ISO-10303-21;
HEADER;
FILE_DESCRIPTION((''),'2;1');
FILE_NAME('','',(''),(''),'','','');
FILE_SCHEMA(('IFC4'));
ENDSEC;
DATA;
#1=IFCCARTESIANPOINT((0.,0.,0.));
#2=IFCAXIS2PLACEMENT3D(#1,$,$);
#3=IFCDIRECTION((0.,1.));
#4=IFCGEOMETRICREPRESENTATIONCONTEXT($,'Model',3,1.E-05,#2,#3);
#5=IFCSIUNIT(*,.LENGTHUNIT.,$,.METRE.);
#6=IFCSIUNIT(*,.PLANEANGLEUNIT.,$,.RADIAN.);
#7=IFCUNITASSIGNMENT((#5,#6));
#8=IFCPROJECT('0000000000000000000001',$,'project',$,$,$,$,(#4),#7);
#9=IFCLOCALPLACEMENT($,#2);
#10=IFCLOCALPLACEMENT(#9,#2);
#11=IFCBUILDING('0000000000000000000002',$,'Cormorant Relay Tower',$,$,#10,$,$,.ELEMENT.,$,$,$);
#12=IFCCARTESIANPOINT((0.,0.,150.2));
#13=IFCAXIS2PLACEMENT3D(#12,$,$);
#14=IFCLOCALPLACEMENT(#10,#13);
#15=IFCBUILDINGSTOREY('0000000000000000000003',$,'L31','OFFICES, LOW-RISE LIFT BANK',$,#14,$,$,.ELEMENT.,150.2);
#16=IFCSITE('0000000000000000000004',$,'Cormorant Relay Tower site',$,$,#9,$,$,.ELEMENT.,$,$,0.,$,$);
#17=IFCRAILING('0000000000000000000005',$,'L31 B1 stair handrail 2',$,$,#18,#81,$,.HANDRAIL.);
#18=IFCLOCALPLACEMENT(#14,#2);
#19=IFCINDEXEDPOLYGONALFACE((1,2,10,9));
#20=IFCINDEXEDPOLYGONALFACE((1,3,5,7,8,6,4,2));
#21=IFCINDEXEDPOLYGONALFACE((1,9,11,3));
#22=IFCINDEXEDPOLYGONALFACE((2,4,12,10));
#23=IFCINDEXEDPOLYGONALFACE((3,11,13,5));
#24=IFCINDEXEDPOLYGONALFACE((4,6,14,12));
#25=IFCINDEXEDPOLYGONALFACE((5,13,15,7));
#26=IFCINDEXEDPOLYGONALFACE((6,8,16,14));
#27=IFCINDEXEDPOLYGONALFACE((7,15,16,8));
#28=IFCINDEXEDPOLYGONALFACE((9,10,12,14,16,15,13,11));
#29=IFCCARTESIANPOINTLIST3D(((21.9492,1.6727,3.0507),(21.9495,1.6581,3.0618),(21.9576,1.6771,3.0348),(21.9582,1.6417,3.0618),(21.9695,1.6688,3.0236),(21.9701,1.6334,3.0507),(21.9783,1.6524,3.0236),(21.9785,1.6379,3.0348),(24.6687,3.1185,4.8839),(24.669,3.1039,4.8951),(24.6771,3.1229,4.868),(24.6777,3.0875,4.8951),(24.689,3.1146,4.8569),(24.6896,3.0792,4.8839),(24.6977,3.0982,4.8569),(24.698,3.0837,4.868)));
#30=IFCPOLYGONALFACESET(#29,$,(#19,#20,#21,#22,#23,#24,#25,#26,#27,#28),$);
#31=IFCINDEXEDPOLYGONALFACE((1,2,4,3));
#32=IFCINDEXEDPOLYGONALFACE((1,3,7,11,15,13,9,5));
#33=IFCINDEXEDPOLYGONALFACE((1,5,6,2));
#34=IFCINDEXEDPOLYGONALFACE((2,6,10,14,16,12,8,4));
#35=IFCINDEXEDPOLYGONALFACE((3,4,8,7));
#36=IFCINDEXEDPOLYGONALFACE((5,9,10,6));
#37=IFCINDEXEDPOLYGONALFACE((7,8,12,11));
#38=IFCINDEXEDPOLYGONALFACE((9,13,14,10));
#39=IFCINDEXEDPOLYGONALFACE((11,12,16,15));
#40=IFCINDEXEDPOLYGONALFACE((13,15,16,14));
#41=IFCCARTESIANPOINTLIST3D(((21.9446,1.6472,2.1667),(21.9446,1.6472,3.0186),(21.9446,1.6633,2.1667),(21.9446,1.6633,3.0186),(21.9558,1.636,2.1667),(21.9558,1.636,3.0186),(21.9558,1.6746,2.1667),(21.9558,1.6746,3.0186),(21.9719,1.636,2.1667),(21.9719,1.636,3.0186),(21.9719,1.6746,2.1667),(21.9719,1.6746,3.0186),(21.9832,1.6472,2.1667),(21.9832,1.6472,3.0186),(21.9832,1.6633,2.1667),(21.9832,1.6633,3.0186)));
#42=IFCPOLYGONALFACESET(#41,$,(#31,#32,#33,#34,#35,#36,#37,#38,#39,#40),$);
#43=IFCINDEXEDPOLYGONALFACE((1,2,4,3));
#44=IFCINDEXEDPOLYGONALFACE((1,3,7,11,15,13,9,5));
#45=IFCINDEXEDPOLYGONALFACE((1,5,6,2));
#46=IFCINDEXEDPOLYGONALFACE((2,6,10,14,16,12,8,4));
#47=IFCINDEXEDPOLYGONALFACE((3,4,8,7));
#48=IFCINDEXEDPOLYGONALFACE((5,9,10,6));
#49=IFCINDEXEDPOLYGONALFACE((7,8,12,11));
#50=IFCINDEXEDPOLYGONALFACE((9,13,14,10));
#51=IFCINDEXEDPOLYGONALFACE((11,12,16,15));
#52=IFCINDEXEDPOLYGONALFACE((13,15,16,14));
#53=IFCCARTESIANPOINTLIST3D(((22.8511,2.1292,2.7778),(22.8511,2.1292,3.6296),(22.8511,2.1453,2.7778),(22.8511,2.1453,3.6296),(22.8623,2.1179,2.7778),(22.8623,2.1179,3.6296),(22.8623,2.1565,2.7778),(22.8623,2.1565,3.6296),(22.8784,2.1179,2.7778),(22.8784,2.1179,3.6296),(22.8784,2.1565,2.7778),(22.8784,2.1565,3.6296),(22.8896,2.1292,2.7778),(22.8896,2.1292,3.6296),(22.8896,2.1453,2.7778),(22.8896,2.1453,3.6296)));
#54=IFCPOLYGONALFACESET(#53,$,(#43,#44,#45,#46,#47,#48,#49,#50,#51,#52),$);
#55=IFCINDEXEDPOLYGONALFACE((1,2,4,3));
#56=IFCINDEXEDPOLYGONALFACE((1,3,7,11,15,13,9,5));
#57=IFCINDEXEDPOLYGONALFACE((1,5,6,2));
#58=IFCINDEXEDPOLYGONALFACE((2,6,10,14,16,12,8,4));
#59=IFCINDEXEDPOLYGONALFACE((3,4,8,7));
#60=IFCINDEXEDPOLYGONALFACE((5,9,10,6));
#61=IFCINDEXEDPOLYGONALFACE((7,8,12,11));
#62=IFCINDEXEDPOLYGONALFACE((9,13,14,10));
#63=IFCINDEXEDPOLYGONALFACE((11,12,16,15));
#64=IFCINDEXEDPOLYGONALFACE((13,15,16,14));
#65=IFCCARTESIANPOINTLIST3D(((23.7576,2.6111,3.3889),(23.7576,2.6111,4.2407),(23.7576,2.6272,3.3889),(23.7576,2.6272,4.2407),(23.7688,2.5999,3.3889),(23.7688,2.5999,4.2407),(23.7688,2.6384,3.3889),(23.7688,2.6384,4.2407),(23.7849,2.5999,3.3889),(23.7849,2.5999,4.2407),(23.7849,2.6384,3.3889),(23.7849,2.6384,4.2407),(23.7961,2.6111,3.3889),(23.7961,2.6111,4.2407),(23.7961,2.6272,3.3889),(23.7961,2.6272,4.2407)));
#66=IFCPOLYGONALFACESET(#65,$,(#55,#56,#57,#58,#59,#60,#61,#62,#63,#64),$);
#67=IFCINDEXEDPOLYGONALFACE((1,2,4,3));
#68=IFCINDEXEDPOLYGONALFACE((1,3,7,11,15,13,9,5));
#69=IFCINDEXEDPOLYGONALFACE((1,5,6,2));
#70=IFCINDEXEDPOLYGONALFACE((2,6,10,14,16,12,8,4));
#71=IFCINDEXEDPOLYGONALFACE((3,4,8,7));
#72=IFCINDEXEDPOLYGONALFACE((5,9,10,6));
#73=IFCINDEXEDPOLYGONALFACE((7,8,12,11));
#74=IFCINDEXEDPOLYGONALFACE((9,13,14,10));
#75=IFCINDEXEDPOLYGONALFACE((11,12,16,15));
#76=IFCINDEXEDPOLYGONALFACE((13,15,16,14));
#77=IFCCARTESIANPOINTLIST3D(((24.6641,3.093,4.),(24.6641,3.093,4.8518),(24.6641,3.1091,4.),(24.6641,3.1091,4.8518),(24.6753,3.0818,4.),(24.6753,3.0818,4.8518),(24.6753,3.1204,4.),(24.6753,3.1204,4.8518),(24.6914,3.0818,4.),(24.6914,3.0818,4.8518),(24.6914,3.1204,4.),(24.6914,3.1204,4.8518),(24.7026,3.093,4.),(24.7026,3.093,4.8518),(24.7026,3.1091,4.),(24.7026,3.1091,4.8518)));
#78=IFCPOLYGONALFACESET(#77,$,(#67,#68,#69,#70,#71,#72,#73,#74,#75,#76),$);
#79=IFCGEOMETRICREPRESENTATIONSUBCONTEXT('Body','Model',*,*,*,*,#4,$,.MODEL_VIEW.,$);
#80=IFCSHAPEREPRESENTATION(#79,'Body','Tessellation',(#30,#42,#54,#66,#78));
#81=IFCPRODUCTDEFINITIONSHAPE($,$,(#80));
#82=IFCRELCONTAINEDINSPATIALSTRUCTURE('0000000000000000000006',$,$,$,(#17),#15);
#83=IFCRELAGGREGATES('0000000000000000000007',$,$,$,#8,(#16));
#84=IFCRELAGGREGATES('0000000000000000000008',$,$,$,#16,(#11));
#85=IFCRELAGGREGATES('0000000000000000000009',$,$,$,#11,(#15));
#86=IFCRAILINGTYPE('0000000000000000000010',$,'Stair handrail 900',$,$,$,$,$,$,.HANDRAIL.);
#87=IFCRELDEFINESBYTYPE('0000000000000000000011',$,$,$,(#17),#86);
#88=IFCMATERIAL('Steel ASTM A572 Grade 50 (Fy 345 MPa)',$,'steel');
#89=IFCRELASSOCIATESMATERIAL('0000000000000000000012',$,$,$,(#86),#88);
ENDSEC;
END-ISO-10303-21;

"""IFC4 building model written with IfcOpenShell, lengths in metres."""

from ifc_helpers import new_model, si_unit, direction, frame, origin, place, context, subcontext, project, spatial, polyline, outline, extrude, material, type_object, element, save


model = new_model("IFC4")

# Units and contexts
model_context = context("Model", 3, precision=1e-05, world=origin(), true_north=direction((0.0, 1.0)))
body_context = subcontext(model_context, "Body", "Model", "MODEL_VIEW")
ifc_project = project(units=[si_unit("LENGTHUNIT", "METRE"), si_unit("PLANEANGLEUNIT", "RADIAN")], contexts=[model_context])

# Site, building, storey
site_placement = place(None, origin())
site = spatial("IfcSite", under=ifc_project, at=site_placement, Name="Cormorant Relay Tower site", CompositionType="ELEMENT", RefElevation=0.0)
building_placement = place(site_placement, origin())
building = spatial("IfcBuilding", under=site, at=building_placement, Name="Cormorant Relay Tower", CompositionType="ELEMENT")
storey_placement = place(building_placement, frame((0.0, 0.0, 150.2)))
storey = spatial("IfcBuildingStorey", under=building, at=storey_placement, Name="L31", Description="OFFICES, LOW-RISE LIFT BANK", CompositionType="ELEMENT", Elevation=150.2)

# Railing
ifc_material_1 = material(Name="Steel ASTM A572 Grade 50 (Fy 345 MPa)", Category="steel")
railing_type_1 = type_object("IfcRailingType", Name="Stair handrail 900", PredefinedType="HANDRAIL", material=ifc_material_1)
railing_1_placement = place(storey_placement, frame((21.9639, 1.6553, 2.1667)))
element("IfcRailing", 1, at=railing_1_placement, inside=storey, type_object=railing_type_1, Name="L31 B1 stair handrail 2", PredefinedType="HANDRAIL", context=body_context, shape_type="SweptSolid", body=[
    extrude(outline(polyline([(0.0222, 0.0093), (0.0093, 0.0222), (-0.0093, 0.0222), (-0.0222, 0.0093), (-0.0222, -0.0093), (-0.0093, -0.0222), (0.0093, -0.0222), (0.0222, -0.0093), (0.0222, 0.0093)])), frame((0.0, 0.0, 0.876), z_axis=(0.758735, 0.403378, 0.511477), x_axis=(-0.469428, 0.882971, 0.0)), (0.0, 0.0, 1.0), 3.5842),
    extrude(outline(polyline([(0.0193, 0.0081), (0.0081, 0.0193), (-0.0081, 0.0193), (-0.0193, 0.0081), (-0.0193, -0.0081), (-0.0081, -0.0193), (0.0081, -0.0193), (0.0193, -0.0081), (0.0193, 0.0081)])), origin(), (0.0, 0.0, 1.0), 0.8518),
    extrude(outline(polyline([(0.0193, 0.0081), (0.0081, 0.0193), (-0.0081, 0.0193), (-0.0193, 0.0081), (-0.0193, -0.0081), (-0.0081, -0.0193), (0.0081, -0.0193), (0.0193, -0.0081), (0.0193, 0.0081)])), frame((0.9065, 0.4819, 0.6111)), (0.0, 0.0, 1.0), 0.8518),
    extrude(outline(polyline([(0.0193, 0.0081), (0.0081, 0.0193), (-0.0081, 0.0193), (-0.0193, 0.0081), (-0.0193, -0.0081), (-0.0081, -0.0193), (0.0081, -0.0193), (0.0193, -0.0081), (0.0193, 0.0081)])), frame((1.813, 0.9639, 1.2222)), (0.0, 0.0, 1.0), 0.8518),
    extrude(outline(polyline([(0.0193, 0.0081), (0.0081, 0.0193), (-0.0081, 0.0193), (-0.0193, 0.0081), (-0.0193, -0.0081), (-0.0081, -0.0193), (0.0081, -0.0193), (0.0193, -0.0081), (0.0193, 0.0081)])), frame((2.7195, 1.4458, 1.8333)), (0.0, 0.0, 1.0), 0.8518),
])

save(model, "model.ifc")
